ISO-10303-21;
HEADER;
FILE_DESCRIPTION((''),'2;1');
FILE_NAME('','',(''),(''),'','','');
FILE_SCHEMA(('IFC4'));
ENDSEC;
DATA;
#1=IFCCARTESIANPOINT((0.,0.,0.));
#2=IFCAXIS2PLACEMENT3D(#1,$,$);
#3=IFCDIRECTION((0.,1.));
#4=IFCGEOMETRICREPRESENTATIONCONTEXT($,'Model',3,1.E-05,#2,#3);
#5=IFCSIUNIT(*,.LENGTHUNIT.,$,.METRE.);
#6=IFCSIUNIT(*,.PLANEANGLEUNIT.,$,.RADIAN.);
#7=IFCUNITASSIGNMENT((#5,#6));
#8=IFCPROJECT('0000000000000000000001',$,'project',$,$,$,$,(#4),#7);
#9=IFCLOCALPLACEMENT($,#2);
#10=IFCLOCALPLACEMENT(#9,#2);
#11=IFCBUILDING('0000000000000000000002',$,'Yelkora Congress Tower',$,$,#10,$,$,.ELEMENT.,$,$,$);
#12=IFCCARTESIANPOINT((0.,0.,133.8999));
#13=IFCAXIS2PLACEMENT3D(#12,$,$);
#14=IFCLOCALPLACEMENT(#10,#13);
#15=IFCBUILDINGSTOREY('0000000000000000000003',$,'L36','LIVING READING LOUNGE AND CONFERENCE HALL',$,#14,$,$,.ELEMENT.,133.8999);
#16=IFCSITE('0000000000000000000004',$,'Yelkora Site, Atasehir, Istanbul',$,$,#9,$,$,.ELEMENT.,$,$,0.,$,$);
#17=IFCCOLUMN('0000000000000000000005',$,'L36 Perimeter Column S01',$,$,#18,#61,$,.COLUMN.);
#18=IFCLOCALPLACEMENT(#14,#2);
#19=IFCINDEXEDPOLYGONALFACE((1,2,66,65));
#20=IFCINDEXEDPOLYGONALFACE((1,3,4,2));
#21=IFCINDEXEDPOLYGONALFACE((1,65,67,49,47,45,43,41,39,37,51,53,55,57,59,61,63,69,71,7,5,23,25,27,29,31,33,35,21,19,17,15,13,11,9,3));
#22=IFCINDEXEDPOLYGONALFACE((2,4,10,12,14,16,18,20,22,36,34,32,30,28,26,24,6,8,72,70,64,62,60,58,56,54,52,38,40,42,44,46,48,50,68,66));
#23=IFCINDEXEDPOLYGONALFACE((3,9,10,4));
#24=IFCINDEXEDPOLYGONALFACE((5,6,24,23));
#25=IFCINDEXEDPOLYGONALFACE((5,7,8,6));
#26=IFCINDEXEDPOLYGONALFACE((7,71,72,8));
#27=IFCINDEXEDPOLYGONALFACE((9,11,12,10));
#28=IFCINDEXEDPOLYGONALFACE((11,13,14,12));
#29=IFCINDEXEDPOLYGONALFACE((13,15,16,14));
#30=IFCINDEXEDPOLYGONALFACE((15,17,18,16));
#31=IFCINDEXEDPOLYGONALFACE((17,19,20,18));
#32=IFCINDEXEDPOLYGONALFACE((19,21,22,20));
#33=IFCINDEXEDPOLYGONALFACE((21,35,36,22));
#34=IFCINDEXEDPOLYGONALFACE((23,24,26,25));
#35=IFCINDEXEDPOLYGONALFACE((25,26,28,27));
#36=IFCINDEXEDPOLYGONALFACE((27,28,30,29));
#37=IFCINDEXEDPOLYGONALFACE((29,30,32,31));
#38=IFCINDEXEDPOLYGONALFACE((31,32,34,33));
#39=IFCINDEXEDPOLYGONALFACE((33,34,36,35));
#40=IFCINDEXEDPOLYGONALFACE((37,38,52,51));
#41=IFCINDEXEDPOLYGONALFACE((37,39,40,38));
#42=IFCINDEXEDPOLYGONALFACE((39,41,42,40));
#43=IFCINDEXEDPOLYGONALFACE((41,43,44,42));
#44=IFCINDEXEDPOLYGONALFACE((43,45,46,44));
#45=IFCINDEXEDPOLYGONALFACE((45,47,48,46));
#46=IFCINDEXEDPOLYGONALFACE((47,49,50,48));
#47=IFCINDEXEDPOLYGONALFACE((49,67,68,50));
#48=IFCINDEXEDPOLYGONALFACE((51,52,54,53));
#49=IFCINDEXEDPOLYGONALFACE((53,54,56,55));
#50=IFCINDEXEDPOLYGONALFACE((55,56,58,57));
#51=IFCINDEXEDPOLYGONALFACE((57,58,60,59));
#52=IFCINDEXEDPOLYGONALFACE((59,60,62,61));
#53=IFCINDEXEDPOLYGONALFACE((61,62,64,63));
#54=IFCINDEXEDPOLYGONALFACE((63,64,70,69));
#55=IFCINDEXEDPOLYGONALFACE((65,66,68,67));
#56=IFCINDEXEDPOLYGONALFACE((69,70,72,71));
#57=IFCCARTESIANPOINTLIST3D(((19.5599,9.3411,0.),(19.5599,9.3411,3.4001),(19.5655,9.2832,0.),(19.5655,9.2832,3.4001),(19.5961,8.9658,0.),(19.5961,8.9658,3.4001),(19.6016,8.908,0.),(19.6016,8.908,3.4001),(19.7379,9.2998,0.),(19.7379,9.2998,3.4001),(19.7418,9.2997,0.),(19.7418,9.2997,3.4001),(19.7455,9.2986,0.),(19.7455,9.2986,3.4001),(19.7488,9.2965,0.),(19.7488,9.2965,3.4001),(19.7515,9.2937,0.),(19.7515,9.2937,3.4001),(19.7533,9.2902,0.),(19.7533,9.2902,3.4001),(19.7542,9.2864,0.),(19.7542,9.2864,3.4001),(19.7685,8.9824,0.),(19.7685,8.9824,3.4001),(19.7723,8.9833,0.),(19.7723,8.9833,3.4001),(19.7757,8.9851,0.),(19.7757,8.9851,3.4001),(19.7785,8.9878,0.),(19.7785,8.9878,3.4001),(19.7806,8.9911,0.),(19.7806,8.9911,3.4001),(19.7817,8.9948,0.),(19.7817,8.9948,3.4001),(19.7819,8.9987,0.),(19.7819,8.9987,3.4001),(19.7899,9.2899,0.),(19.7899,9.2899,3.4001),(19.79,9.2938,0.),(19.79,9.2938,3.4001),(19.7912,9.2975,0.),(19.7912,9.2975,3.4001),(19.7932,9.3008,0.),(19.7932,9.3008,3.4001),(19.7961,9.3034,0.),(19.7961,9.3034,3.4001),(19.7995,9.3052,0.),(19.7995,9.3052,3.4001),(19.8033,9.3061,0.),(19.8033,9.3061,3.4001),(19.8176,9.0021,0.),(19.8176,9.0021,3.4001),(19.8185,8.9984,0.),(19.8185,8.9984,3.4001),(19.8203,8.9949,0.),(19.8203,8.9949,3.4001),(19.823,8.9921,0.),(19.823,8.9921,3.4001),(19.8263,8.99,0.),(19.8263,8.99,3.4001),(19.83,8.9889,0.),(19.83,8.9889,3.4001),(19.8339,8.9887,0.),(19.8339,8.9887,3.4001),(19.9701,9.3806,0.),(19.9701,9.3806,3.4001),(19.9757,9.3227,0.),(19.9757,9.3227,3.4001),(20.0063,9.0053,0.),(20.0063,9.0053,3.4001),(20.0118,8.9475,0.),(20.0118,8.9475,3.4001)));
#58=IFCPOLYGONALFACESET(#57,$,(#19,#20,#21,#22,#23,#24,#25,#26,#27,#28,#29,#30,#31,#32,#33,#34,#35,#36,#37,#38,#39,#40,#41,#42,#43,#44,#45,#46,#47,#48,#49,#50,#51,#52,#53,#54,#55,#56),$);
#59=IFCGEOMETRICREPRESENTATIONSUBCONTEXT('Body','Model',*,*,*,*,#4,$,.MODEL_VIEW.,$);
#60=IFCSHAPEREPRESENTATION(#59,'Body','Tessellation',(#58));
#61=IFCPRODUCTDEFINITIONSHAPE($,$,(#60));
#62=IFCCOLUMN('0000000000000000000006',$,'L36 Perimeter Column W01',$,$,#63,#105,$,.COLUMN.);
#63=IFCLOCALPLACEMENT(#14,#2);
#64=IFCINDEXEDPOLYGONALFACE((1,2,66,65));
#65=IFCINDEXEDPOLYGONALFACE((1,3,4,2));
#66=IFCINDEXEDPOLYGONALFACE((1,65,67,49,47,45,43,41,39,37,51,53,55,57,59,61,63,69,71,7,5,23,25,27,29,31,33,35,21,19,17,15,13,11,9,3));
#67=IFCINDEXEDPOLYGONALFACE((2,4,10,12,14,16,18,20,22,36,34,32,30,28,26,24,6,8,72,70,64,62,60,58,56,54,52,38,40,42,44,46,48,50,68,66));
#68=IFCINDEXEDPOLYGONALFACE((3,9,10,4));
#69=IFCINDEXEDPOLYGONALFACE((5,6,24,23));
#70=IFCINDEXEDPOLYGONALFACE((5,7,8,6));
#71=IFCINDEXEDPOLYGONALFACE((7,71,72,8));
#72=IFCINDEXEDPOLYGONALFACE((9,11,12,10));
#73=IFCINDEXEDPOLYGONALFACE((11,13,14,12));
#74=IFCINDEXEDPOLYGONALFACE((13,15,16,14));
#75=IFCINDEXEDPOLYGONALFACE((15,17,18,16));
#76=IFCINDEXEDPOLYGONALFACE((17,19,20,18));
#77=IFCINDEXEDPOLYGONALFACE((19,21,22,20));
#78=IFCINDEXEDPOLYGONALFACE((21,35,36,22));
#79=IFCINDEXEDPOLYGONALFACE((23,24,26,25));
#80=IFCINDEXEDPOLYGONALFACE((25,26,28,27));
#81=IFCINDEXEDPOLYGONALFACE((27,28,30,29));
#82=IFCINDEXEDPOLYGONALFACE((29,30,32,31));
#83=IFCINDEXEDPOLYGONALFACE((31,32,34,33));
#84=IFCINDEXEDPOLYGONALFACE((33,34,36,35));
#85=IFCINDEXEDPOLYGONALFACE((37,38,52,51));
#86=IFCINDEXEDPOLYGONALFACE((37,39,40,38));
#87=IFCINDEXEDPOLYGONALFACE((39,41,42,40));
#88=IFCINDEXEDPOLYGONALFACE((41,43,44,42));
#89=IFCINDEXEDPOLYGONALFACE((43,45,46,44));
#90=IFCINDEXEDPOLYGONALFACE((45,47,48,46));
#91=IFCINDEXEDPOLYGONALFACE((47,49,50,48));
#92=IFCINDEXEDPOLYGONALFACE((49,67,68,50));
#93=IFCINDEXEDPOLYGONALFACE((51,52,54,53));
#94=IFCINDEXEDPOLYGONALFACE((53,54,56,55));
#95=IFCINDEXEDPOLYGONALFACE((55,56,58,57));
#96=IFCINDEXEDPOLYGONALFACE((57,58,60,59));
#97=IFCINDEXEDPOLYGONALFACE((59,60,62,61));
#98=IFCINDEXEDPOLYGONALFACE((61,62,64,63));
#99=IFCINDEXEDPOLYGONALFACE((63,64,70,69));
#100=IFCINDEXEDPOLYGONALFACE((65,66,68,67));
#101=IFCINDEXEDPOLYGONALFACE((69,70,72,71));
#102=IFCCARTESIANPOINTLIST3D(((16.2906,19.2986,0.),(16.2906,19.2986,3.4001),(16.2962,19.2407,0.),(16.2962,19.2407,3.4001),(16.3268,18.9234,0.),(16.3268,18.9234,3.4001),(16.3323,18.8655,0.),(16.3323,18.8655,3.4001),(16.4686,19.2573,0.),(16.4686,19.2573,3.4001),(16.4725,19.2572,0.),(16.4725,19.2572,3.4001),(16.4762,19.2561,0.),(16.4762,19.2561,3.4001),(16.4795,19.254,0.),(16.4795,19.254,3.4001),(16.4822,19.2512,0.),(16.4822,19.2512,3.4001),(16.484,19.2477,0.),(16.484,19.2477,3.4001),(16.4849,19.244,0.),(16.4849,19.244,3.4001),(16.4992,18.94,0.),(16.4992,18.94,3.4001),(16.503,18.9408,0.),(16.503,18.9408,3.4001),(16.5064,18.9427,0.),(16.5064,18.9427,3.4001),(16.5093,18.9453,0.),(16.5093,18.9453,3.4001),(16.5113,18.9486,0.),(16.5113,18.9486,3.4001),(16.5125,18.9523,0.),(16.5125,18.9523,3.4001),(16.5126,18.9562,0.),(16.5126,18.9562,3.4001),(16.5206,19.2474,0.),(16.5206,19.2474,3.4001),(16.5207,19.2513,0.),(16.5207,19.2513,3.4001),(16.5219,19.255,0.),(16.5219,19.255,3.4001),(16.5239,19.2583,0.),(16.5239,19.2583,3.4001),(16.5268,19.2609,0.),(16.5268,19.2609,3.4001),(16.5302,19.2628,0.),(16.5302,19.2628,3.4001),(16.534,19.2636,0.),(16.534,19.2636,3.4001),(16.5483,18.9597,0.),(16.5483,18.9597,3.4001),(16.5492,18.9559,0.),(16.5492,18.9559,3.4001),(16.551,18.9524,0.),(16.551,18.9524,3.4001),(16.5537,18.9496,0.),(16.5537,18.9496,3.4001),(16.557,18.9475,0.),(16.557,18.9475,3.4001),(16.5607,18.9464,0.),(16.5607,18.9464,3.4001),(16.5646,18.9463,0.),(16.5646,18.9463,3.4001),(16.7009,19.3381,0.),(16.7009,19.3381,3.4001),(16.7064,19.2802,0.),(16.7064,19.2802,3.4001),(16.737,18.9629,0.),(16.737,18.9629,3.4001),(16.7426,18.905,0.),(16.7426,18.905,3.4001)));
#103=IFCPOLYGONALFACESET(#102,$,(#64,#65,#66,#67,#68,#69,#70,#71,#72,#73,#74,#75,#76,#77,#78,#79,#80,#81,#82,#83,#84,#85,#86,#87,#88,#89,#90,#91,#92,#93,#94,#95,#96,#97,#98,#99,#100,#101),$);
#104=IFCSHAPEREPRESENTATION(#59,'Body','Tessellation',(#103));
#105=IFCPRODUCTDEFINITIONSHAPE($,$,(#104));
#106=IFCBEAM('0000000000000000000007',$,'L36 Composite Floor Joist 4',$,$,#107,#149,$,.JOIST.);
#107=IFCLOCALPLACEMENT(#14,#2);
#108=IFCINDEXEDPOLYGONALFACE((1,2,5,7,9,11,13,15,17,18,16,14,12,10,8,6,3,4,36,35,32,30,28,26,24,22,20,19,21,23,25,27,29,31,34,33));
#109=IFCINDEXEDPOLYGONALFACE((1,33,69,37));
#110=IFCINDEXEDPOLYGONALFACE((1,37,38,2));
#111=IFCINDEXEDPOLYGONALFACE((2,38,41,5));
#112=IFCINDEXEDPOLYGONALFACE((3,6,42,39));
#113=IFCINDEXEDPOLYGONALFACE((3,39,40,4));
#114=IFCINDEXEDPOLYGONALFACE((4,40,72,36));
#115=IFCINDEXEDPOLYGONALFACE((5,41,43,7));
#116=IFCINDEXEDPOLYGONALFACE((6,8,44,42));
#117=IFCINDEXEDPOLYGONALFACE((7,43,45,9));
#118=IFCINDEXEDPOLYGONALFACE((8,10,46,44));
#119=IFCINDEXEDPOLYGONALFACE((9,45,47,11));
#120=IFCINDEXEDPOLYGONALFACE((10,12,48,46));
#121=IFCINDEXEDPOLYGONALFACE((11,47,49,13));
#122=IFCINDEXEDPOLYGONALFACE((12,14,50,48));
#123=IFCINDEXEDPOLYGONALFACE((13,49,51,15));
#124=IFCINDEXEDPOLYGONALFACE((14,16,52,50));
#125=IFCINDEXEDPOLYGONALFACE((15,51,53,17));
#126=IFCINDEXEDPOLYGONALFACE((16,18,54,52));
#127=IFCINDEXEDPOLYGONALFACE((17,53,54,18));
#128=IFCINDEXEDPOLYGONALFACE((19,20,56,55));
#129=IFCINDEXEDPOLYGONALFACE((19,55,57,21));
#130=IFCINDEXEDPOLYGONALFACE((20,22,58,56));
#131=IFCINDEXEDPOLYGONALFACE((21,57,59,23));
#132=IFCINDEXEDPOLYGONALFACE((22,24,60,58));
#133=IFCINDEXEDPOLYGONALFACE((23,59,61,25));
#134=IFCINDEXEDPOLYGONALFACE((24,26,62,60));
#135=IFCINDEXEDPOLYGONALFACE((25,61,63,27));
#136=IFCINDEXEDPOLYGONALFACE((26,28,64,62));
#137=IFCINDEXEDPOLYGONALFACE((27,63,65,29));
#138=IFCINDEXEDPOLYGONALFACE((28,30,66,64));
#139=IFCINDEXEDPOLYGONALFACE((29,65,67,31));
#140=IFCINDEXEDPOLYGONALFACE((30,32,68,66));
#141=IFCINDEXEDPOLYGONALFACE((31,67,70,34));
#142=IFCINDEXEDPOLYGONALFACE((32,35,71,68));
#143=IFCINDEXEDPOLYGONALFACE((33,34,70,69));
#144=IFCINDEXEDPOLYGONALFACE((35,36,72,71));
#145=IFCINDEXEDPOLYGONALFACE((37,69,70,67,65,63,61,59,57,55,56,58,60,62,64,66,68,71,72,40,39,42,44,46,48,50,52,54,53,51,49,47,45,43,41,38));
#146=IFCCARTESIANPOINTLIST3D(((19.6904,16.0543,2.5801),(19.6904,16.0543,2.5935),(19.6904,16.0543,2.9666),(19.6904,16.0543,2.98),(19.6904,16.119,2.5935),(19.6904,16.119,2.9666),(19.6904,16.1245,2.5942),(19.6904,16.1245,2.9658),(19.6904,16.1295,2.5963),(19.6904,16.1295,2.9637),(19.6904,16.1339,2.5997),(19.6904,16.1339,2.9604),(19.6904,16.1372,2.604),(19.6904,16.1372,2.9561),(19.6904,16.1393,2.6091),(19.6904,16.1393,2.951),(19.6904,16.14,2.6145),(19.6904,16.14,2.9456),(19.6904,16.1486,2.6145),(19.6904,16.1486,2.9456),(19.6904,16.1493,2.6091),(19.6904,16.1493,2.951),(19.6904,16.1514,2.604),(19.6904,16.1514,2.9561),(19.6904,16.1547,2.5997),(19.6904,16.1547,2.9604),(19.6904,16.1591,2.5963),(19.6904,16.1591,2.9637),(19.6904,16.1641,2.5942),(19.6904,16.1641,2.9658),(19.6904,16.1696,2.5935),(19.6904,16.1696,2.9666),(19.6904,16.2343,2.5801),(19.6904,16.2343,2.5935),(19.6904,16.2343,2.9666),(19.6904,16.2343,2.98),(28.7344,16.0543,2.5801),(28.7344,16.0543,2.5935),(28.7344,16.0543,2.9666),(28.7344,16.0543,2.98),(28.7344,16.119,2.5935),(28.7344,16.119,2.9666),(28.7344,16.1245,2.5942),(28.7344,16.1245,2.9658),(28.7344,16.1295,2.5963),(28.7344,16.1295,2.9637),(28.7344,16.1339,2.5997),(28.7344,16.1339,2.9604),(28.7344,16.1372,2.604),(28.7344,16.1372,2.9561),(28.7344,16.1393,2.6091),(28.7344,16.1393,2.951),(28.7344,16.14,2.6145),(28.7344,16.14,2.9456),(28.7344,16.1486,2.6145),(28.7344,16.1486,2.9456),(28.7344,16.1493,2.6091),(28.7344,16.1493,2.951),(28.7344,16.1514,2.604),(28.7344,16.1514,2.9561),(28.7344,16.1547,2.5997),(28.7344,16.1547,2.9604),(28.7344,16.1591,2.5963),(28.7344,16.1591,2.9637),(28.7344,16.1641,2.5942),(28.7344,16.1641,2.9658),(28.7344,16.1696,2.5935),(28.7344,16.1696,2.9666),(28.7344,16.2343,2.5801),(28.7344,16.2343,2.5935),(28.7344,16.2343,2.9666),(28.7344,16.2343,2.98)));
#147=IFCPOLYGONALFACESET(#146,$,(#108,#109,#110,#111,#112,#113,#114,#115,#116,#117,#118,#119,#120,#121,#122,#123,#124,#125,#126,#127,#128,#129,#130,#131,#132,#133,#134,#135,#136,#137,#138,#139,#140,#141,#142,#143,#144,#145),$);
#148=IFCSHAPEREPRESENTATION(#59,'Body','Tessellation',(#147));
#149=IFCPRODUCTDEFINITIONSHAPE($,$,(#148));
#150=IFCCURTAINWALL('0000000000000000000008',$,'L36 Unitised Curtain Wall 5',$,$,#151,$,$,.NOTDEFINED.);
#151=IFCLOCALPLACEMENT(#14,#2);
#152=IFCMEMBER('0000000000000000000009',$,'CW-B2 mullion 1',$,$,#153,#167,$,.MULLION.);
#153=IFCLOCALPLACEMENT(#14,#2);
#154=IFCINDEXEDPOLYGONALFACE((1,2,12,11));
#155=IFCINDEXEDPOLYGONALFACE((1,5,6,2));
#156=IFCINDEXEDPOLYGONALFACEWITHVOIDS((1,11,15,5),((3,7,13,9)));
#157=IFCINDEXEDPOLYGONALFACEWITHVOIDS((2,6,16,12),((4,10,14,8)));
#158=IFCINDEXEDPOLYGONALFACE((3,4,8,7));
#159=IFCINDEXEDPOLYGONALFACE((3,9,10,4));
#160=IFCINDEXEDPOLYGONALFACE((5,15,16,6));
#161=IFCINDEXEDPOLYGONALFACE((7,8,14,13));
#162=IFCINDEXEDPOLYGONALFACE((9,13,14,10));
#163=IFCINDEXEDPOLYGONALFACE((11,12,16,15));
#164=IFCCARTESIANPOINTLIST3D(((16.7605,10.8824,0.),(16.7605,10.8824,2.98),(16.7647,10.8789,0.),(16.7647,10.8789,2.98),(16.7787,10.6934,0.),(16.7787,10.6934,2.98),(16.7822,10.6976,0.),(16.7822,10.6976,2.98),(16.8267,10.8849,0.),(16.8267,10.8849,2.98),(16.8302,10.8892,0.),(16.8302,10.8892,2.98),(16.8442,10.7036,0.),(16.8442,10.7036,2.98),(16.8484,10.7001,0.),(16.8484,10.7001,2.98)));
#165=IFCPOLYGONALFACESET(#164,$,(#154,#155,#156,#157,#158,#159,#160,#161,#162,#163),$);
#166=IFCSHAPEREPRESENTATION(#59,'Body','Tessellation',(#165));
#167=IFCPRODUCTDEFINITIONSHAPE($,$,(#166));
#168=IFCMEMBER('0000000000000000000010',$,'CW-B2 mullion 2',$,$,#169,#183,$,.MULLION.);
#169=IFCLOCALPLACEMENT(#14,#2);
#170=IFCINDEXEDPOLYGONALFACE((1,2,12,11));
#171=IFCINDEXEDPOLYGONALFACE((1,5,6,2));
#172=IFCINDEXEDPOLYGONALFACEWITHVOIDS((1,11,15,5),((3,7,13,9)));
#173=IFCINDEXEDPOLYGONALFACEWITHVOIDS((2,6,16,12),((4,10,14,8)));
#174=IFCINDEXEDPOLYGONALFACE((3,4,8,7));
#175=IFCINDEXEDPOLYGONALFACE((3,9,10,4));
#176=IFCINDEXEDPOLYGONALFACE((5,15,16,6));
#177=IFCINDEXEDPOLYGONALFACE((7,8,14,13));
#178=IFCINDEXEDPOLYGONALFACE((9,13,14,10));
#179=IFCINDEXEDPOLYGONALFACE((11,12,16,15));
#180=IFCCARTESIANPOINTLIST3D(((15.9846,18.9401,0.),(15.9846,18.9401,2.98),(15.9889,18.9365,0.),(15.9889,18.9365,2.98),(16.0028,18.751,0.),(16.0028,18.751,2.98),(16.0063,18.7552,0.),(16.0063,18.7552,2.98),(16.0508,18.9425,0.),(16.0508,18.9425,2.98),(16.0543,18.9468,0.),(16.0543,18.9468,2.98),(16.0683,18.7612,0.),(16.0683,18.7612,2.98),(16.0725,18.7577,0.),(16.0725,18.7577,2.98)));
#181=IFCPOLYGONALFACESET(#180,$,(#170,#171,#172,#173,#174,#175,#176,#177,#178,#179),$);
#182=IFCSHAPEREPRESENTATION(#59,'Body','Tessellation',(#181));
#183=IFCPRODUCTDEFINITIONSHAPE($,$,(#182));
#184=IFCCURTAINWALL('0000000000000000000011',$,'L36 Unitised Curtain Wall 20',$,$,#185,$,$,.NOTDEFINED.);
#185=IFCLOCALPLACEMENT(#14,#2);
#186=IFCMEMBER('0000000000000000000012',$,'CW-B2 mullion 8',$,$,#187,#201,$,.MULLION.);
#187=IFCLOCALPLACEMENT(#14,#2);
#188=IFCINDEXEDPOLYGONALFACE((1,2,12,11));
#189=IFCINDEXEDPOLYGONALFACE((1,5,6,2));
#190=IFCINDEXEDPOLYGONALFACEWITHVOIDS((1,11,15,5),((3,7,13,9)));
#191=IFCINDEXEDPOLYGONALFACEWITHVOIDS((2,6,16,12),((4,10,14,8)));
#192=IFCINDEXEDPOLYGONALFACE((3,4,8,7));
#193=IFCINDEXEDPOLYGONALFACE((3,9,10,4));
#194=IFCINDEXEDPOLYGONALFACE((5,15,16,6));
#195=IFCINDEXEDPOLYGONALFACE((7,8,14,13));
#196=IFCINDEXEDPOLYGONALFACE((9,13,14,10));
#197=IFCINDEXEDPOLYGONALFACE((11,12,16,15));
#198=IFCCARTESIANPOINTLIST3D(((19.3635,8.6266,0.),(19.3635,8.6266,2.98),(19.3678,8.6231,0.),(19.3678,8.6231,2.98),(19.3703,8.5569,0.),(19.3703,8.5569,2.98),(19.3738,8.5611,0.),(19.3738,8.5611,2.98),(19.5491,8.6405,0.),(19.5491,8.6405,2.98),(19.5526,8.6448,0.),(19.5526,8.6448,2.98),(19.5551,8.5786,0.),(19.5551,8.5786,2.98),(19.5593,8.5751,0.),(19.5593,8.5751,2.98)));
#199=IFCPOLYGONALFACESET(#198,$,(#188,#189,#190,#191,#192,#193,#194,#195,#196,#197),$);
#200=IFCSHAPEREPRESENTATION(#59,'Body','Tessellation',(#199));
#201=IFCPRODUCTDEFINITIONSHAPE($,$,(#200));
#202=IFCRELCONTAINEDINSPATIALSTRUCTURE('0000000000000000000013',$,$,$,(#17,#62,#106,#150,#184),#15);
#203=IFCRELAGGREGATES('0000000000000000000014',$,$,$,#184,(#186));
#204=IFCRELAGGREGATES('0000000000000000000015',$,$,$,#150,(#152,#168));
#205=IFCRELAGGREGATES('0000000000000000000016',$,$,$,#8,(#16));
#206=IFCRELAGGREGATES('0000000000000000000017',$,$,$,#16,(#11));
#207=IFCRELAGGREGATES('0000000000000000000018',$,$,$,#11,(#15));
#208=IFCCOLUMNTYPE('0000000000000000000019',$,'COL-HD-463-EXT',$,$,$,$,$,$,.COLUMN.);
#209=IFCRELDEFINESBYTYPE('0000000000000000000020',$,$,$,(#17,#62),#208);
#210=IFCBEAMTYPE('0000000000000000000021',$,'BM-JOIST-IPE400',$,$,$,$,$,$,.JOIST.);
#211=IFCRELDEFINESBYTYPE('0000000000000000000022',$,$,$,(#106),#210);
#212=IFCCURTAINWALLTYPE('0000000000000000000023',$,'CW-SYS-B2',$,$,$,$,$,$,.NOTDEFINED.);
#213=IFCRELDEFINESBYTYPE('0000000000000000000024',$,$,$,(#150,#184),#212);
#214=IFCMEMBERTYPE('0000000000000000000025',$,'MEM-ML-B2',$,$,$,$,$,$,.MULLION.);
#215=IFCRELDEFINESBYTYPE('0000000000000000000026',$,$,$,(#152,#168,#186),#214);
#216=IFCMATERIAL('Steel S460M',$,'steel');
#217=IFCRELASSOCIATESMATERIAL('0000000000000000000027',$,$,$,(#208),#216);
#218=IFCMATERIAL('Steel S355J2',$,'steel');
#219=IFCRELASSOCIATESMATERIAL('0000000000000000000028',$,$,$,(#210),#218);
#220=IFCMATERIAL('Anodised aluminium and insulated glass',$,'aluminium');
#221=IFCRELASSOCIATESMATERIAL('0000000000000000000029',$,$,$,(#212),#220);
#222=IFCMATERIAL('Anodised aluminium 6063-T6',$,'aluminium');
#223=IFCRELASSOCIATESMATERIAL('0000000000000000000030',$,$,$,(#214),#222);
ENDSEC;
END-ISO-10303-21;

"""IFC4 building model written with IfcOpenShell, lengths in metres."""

from ifc_helpers import new_model, si_unit, direction, frame, origin, origin_2d, place, context, subcontext, project, spatial, hollow_rectangle, i_section, extrude, material, material_profile, profile_set, type_object, element, aggregate, save


model = new_model("IFC4")

# Units and contexts
model_context = context("Model", 3, precision=1e-05, world=origin(), true_north=direction((0.0, 1.0)))
body_context = subcontext(model_context, "Body", "Model", "MODEL_VIEW")
ifc_project = project(units=[si_unit("LENGTHUNIT", "METRE"), si_unit("PLANEANGLEUNIT", "RADIAN")], contexts=[model_context])

# Site, building, storey
site_placement = place(None, origin())
site = spatial("IfcSite", under=ifc_project, at=site_placement, Name="Yelkora Site, Atasehir, Istanbul", CompositionType="ELEMENT", RefElevation=0.0)
building_placement = place(site_placement, origin())
building = spatial("IfcBuilding", under=site, at=building_placement, Name="Yelkora Congress Tower", CompositionType="ELEMENT")
storey_placement = place(building_placement, frame((0.0, 0.0, 133.8999)))
storey = spatial("IfcBuildingStorey", under=building, at=storey_placement, Name="L36", Description="LIVING READING LOUNGE AND CONFERENCE HALL", CompositionType="ELEMENT", Elevation=133.8999)

# Columns
ifc_material_1 = material(Name="Steel S460M", Category="steel")
ifc_material_profile_1 = material_profile(ifc_material_1, i_section(OverallWidth=0.4121, OverallDepth=0.4351, WebThickness=0.0359, FlangeThickness=0.0581, FilletRadius=0.0149, at=origin_2d()), Name="HD 400x463")
ifc_profile_set_1 = profile_set([ifc_material_profile_1], Name="Steel S460M")
column_type = type_object("IfcColumnType", Name="COL-HD-463-EXT", PredefinedType="COLUMN", material=ifc_profile_set_1)
for number, where, z_axis, x_axis, name in (
    (1, (19.7859, 9.1443, 0.0), (0.0, 0.0, 1.0), (0.995396, 0.095846, 0.0), "L36 Perimeter Column S01"),
    (2, (16.5166, 19.1018, 0.0), (0.0, 0.0, 1.0), (0.995396, 0.095846, 0.0), "L36 Perimeter Column W01"),
):
    element("IfcColumn", number, at=place(storey_placement, frame(where, z_axis=z_axis, x_axis=x_axis)), inside=storey, type_object=column_type, Name=name, PredefinedType="COLUMN", context=body_context, shape_type="SweptSolid", body=[
        extrude(i_section(OverallWidth=0.4121, OverallDepth=0.4351, WebThickness=0.0359, FlangeThickness=0.0581, FilletRadius=0.0149, at=origin_2d()), origin(), (0.0, 0.0, 1.0), 3.4001),
    ])

# Beam
ifc_material_2 = material(Name="Steel S355J2", Category="steel")
ifc_material_profile_2 = material_profile(ifc_material_2, i_section(OverallWidth=0.1799, OverallDepth=0.3999, WebThickness=0.0085, FlangeThickness=0.0134, FilletRadius=0.021, at=origin_2d()), Name="IPE 400")
ifc_profile_set_2 = profile_set([ifc_material_profile_2], Name="Steel S355J2")
beam_type = type_object("IfcBeamType", Name="BM-JOIST-IPE400", PredefinedType="JOIST", material=ifc_profile_set_2)
beam_placement = place(storey_placement, frame((19.6904, 16.1443, 2.78), z_axis=(1.0, 0.0, 0.0), x_axis=(0.0, 1.0, 0.0)))
element("IfcBeam", 3, at=beam_placement, inside=storey, type_object=beam_type, Name="L36 Composite Floor Joist 4", PredefinedType="JOIST", context=body_context, shape_type="SweptSolid", body=[
    extrude(i_section(OverallWidth=0.1799, OverallDepth=0.3999, WebThickness=0.0085, FlangeThickness=0.0134, FilletRadius=0.021, at=origin_2d()), origin(), (0.0, 0.0, 1.0), 9.0439),
])

# Curtain wall, members
ifc_material_3 = material(Name="Anodised aluminium and insulated glass", Category="aluminium")
curtain_wall_type = type_object("IfcCurtainWallType", Name="CW-SYS-B2", PredefinedType="NOTDEFINED", material=ifc_material_3)
curtain_wall_1_placement = place(storey_placement, origin())
curtain_wall_1 = element("IfcCurtainWall", 4, at=curtain_wall_1_placement, inside=storey, type_object=curtain_wall_type, Name="L36 Unitised Curtain Wall 5", PredefinedType="NOTDEFINED")
ifc_material_4 = material(Name="Anodised aluminium 6063-T6", Category="aluminium")
ifc_material_profile_3 = material_profile(ifc_material_4, hollow_rectangle(XDim=0.0701, YDim=0.1899, WallThickness=0.0039, at=origin_2d()), Name="ALU 70x190x4")
ifc_profile_set_3 = profile_set([ifc_material_profile_3], Name="Anodised aluminium 6063-T6")
member_type_1 = type_object("IfcMemberType", Name="MEM-ML-B2", PredefinedType="MULLION", material=ifc_profile_set_3)
member_1_placement = place(storey_placement, frame((16.8044, 10.7913, 0.0), z_axis=(0.0, 0.0, 1.0), x_axis=(-0.995397, -0.095843, 0.0)))
member_1 = element("IfcMember", 5, at=member_1_placement, type_object=member_type_1, Name="CW-B2 mullion 1", PredefinedType="MULLION", context=body_context, shape_type="SweptSolid", body=[
    extrude(hollow_rectangle(XDim=0.0701, YDim=0.1899, WallThickness=0.0039, at=origin_2d()), origin(), (0.0, 0.0, 1.0), 2.98),
])
member_2_placement = place(storey_placement, frame((16.0286, 18.8489, 0.0), z_axis=(0.0, 0.0, 1.0), x_axis=(-0.995397, -0.095843, 0.0)))
member_2 = element("IfcMember", 6, at=member_2_placement, type_object=member_type_1, Name="CW-B2 mullion 2", PredefinedType="MULLION", context=body_context, shape_type="SweptSolid", body=[
    extrude(hollow_rectangle(XDim=0.0701, YDim=0.1899, WallThickness=0.0039, at=origin_2d()), origin(), (0.0, 0.0, 1.0), 2.98),
])

# Curtain wall, member
curtain_wall_2_placement = place(storey_placement, origin())
curtain_wall_2 = element("IfcCurtainWall", 7, at=curtain_wall_2_placement, inside=storey, type_object=curtain_wall_type, Name="L36 Unitised Curtain Wall 20", PredefinedType="NOTDEFINED")
member_3_placement = place(storey_placement, frame((19.4614, 8.6008, 0.0), z_axis=(0.0, 0.0, 1.0), x_axis=(0.095844, -0.995396, 0.0)))
member_3 = element("IfcMember", 8, at=member_3_placement, type_object=member_type_1, Name="CW-B2 mullion 8", PredefinedType="MULLION", context=body_context, shape_type="SweptSolid", body=[
    extrude(hollow_rectangle(XDim=0.0701, YDim=0.1899, WallThickness=0.0039, at=origin_2d()), origin(), (0.0, 0.0, 1.0), 2.98),
])
aggregate(curtain_wall_2, [member_3])

aggregate(curtain_wall_1, [member_1, member_2])

save(model, "model.ifc")
